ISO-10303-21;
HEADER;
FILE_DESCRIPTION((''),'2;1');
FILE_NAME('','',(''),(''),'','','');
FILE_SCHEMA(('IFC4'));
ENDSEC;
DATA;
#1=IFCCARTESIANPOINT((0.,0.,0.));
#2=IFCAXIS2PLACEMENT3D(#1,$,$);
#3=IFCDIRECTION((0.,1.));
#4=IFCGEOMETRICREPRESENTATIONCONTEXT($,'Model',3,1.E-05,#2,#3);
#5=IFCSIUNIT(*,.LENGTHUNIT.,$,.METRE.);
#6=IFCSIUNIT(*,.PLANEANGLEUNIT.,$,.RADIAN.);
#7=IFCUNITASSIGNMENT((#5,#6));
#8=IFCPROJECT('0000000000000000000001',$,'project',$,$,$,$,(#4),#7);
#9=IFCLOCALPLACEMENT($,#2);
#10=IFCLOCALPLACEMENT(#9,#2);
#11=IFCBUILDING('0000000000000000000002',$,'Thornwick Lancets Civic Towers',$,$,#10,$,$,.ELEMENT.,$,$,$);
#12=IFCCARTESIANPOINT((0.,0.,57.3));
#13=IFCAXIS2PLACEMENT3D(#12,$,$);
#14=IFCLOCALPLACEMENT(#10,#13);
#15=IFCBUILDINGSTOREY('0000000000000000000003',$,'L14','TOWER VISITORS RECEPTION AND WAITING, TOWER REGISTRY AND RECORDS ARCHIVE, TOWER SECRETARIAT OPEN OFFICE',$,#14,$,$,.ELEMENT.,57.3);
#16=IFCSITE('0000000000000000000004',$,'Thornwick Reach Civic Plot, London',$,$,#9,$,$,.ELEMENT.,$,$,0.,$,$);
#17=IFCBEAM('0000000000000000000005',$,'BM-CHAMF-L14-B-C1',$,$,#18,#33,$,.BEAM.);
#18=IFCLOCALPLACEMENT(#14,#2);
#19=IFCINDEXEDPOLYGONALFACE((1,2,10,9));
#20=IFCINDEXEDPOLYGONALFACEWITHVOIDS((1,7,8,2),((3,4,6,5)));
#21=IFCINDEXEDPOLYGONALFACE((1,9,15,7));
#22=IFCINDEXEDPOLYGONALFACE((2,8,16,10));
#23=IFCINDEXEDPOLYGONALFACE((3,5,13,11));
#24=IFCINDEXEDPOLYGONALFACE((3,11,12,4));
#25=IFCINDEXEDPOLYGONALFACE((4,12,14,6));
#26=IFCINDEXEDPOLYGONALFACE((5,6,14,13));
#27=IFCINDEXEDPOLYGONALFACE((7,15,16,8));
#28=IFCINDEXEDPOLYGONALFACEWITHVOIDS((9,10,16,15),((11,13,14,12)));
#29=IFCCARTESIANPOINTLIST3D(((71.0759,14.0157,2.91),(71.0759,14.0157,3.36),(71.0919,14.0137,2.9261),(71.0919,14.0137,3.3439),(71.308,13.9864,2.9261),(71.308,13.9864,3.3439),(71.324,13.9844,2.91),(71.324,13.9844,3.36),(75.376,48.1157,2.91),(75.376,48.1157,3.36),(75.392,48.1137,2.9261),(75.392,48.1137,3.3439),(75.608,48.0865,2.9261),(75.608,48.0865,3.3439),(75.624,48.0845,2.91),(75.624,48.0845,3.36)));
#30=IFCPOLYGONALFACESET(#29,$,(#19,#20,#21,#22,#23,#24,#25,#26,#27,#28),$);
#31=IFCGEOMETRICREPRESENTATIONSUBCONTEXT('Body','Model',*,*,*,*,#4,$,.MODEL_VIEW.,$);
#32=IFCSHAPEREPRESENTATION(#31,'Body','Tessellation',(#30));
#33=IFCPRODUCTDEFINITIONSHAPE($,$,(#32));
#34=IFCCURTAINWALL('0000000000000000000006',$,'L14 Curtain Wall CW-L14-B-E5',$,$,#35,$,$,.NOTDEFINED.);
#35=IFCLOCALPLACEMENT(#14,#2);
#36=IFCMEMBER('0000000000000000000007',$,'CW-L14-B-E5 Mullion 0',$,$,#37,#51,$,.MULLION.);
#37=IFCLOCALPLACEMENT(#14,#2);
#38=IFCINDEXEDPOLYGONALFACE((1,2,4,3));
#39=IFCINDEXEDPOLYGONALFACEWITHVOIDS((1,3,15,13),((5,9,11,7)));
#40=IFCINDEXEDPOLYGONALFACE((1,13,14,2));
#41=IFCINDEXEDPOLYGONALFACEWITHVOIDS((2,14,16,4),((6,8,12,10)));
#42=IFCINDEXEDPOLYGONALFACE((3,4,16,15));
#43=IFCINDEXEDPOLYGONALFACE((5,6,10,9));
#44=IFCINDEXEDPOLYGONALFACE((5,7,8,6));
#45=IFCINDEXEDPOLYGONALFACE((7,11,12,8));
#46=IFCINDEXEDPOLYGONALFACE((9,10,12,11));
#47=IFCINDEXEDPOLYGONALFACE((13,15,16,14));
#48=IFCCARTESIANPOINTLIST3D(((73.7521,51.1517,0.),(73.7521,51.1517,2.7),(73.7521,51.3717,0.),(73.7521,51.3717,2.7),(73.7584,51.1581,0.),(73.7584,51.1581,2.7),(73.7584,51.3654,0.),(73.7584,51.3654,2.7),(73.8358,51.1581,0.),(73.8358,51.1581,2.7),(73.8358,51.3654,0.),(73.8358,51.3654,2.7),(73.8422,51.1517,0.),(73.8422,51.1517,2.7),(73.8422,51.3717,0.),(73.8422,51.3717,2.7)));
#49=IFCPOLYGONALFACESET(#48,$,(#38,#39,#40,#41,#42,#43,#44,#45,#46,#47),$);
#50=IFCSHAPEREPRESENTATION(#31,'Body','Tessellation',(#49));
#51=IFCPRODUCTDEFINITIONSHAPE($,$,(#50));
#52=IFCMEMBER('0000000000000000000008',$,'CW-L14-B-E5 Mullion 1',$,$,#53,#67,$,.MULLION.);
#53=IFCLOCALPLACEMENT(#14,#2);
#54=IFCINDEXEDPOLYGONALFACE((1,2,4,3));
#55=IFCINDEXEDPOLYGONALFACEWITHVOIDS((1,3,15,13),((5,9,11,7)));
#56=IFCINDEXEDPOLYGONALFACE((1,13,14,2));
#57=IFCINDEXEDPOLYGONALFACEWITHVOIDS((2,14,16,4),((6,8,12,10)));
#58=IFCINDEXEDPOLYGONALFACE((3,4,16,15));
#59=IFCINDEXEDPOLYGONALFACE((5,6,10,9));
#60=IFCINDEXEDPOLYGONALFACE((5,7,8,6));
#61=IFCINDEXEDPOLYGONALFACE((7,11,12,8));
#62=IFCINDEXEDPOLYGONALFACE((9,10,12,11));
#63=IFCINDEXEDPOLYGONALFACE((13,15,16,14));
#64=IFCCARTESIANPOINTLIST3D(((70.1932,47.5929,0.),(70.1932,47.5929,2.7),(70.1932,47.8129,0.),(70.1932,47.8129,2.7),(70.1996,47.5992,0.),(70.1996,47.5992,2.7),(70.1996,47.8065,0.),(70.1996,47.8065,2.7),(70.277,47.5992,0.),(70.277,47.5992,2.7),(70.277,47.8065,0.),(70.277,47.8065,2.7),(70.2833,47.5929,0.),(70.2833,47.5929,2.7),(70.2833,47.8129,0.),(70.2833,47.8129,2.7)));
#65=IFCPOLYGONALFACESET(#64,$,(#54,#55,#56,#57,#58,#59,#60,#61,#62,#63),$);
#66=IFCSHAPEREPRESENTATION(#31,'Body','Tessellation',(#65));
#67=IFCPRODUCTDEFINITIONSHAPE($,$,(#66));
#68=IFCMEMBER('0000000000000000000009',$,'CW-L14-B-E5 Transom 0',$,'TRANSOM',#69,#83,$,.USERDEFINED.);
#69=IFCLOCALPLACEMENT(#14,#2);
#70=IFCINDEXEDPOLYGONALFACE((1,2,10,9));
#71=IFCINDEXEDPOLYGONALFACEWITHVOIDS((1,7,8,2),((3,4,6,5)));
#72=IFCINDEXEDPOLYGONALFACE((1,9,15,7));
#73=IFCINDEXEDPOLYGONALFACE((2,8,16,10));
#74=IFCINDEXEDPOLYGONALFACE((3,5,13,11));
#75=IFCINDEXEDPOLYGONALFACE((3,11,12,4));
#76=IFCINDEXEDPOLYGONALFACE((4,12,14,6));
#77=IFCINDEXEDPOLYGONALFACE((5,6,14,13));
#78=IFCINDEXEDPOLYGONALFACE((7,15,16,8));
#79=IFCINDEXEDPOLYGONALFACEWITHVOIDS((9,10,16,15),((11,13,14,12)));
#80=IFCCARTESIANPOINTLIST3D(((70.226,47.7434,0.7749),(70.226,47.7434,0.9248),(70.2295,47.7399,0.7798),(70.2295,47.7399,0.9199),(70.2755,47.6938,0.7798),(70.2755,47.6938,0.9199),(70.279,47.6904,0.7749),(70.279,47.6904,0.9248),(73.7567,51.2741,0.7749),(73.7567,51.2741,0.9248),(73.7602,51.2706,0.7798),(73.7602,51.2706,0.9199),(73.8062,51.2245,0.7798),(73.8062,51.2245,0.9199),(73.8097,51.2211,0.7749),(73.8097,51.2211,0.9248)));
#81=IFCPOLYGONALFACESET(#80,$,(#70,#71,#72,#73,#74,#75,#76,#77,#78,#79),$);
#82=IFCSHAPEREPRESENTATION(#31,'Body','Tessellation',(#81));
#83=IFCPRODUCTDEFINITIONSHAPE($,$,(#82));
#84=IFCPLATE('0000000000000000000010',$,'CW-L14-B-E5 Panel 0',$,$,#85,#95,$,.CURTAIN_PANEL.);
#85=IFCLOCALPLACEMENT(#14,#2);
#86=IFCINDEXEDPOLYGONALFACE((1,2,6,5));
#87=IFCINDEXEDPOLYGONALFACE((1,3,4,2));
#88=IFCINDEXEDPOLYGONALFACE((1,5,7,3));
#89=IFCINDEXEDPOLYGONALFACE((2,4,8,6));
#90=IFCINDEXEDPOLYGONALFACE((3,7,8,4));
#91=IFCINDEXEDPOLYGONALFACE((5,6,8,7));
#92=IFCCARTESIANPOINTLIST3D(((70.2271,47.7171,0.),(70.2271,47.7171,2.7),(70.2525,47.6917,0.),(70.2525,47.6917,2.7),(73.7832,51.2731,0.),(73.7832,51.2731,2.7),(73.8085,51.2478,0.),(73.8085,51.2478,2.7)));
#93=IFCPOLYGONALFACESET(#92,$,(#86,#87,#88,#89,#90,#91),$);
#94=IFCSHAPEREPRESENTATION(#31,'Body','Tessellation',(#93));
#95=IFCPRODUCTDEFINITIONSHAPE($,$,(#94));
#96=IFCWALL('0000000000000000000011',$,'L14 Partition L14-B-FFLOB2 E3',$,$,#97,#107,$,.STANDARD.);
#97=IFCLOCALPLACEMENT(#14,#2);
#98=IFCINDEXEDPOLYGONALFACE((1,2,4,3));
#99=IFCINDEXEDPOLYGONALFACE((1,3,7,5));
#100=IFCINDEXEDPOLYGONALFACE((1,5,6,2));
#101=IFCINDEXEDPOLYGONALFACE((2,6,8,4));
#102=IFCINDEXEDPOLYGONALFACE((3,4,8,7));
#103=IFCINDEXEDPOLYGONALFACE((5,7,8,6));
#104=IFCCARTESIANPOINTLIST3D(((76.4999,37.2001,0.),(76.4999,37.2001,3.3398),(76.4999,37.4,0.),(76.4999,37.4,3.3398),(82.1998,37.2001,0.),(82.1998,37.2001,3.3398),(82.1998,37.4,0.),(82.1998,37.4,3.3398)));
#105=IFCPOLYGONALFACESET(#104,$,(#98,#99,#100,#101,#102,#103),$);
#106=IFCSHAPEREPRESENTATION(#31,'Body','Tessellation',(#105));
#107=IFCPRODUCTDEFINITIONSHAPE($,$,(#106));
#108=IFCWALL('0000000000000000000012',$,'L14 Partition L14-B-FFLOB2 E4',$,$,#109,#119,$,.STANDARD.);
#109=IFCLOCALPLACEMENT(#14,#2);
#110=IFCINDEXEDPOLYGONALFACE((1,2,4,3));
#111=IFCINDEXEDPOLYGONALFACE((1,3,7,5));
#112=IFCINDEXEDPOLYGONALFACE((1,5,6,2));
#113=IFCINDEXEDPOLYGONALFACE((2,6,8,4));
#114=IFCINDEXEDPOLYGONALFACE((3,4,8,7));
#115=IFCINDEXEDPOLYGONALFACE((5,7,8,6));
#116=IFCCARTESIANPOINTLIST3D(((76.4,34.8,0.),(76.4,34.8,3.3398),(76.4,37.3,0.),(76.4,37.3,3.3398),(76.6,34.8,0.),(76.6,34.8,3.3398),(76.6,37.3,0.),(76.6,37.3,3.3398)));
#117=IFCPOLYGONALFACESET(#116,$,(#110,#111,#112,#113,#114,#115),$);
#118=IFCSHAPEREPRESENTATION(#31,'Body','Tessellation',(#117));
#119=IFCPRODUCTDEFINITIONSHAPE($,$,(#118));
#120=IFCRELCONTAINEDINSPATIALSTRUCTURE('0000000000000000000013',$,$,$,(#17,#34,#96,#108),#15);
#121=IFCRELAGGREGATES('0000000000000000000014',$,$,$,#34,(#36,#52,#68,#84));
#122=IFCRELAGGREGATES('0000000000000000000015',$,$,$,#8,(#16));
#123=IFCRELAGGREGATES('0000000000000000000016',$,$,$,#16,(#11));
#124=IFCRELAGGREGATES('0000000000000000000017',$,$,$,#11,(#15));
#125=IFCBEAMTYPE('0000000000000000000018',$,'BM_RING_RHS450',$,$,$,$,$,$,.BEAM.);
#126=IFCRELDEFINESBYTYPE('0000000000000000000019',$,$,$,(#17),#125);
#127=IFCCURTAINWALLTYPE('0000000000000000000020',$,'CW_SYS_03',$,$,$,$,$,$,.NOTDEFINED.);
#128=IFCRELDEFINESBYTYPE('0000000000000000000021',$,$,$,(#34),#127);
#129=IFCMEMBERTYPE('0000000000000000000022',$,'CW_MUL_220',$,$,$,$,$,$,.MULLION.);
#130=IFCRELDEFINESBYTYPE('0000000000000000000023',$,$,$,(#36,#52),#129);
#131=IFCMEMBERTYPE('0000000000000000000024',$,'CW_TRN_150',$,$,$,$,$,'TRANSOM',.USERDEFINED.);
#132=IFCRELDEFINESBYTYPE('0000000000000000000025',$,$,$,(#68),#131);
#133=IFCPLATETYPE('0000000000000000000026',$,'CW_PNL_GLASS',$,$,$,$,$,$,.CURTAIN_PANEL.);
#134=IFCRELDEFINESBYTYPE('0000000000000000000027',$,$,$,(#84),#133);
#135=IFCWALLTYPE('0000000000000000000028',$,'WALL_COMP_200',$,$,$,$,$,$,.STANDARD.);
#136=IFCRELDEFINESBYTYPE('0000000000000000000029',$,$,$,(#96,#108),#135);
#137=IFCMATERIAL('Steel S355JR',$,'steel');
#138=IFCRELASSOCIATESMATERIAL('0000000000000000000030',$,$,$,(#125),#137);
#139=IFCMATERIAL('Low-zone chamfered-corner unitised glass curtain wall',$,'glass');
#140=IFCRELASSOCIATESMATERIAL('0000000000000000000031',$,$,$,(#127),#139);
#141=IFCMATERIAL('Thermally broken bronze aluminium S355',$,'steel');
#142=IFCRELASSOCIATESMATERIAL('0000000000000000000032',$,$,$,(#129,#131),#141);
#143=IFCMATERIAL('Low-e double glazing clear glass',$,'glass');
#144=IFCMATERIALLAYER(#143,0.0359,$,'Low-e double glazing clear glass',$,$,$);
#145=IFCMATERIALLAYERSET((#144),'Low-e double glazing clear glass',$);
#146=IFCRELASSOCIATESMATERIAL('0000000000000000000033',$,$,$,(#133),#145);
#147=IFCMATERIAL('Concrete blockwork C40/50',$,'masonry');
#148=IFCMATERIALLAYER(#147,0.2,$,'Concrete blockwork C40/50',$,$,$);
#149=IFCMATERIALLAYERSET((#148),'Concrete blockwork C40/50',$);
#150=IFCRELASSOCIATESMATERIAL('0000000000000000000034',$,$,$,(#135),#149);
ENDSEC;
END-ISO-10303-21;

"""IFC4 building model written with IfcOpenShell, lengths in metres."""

from ifc_helpers import new_model, si_unit, direction, frame, frame_2d, origin, origin_2d, place, context, subcontext, project, spatial, rectangle, hollow_rectangle, extrude, material, layer, layer_set, material_profile, profile_set, type_object, element, aggregate, save


model = new_model("IFC4")

# Units and contexts
model_context = context("Model", 3, precision=1e-05, world=origin(), true_north=direction((0.0, 1.0)))
body_context = subcontext(model_context, "Body", "Model", "MODEL_VIEW")
ifc_project = project(units=[si_unit("LENGTHUNIT", "METRE"), si_unit("PLANEANGLEUNIT", "RADIAN")], contexts=[model_context])

# Site, building, storey
site_placement = place(None, origin())
site = spatial("IfcSite", under=ifc_project, at=site_placement, Name="Thornwick Reach Civic Plot, London", CompositionType="ELEMENT", RefElevation=0.0)
building_placement = place(site_placement, origin())
building = spatial("IfcBuilding", under=site, at=building_placement, Name="Thornwick Lancets Civic Towers", CompositionType="ELEMENT")
storey_placement = place(building_placement, frame((0.0, 0.0, 57.3)))
storey = spatial("IfcBuildingStorey", under=building, at=storey_placement, Name="L14", Description="TOWER VISITORS RECEPTION AND WAITING, TOWER REGISTRY AND RECORDS ARCHIVE, TOWER SECRETARIAT OPEN OFFICE", CompositionType="ELEMENT", Elevation=57.3)

# Beam
ifc_material_1 = material(Name="Steel S355JR", Category="steel")
ifc_material_profile_1 = material_profile(ifc_material_1, hollow_rectangle(XDim=0.25, YDim=0.45, WallThickness=0.0161, at=origin_2d()), Name="RHS 450x250x16")
ifc_profile_set_1 = profile_set([ifc_material_profile_1], Name="Steel S355JR")
beam_type_1 = type_object("IfcBeamType", Name="BM_RING_RHS450", PredefinedType="BEAM", material=ifc_profile_set_1)
beam_1_placement = place(storey_placement, frame((75.5, 48.1001, 3.135), z_axis=(-0.12511, -0.992143, 0.0), x_axis=(0.992143, -0.12511, 0.0)))
element("IfcBeam", 1, at=beam_1_placement, inside=storey, type_object=beam_type_1, Name="BM-CHAMF-L14-B-C1", PredefinedType="BEAM", context=body_context, shape_type="SweptSolid", body=[
    extrude(hollow_rectangle(XDim=0.25, YDim=0.45, WallThickness=0.0161, at=origin_2d()), origin(), (0.0, 0.0, 1.0), 34.3701),
])

# Curtain wall, members, plate
ifc_material_2 = material(Name="Low-zone chamfered-corner unitised glass curtain wall", Category="glass")
curtain_wall_type = type_object("IfcCurtainWallType", Name="CW_SYS_03", PredefinedType="NOTDEFINED", material=ifc_material_2)
curtain_wall_placement = place(storey_placement, origin())
curtain_wall = element("IfcCurtainWall", 2, at=curtain_wall_placement, inside=storey, type_object=curtain_wall_type, Name="L14 Curtain Wall CW-L14-B-E5", PredefinedType="NOTDEFINED")
ifc_material_3 = material(Name="Thermally broken bronze aluminium S355", Category="steel")
ifc_material_profile_2 = material_profile(ifc_material_3, hollow_rectangle(XDim=0.0901, YDim=0.22, WallThickness=0.0063, at=origin_2d()), Name="RHS 220x90x6.3")
ifc_profile_set_2 = profile_set([ifc_material_profile_2], Name="Thermally broken bronze aluminium S355")
member_type_1 = type_object("IfcMemberType", Name="CW_MUL_220", PredefinedType="MULLION", material=ifc_profile_set_2)
member_1_placement = place(storey_placement, frame((73.7971, 51.2617, 0.0), z_axis=(0.0, 0.0, 1.0), x_axis=(1.0, 0.0, 0.0)))
member_1 = element("IfcMember", 3, at=member_1_placement, type_object=member_type_1, Name="CW-L14-B-E5 Mullion 0", PredefinedType="MULLION", context=body_context, shape_type="SweptSolid", body=[
    extrude(hollow_rectangle(XDim=0.0901, YDim=0.22, WallThickness=0.0063, at=origin_2d()), origin(), (0.0, 0.0, 1.0), 2.7),
])
member_2_placement = place(storey_placement, frame((70.2383, 47.7029, 0.0), z_axis=(0.0, 0.0, 1.0), x_axis=(1.0, 0.0, 0.0)))
member_2 = element("IfcMember", 4, at=member_2_placement, type_object=member_type_1, Name="CW-L14-B-E5 Mullion 1", PredefinedType="MULLION", context=body_context, shape_type="SweptSolid", body=[
    extrude(hollow_rectangle(XDim=0.0901, YDim=0.22, WallThickness=0.0063, at=origin_2d()), origin(), (0.0, 0.0, 1.0), 2.7),
])
ifc_material_profile_3 = material_profile(ifc_material_3, hollow_rectangle(XDim=0.075, YDim=0.1499, WallThickness=0.0049, at=origin_2d()), Name="RHS 150x75x5")
ifc_profile_set_3 = profile_set([ifc_material_profile_3], Name="Thermally broken bronze aluminium S355")
member_type_2 = type_object("IfcMemberType", Name="CW_TRN_150", ElementType="TRANSOM", PredefinedType="USERDEFINED", material=ifc_profile_set_3)
member_3_placement = place(storey_placement, frame((73.7832, 51.2476, 0.8499), z_axis=(-0.707107, -0.707107, 0.0), x_axis=(0.707107, -0.707107, 0.0)))
member_3 = element("IfcMember", 5, at=member_3_placement, type_object=member_type_2, Name="CW-L14-B-E5 Transom 0", ObjectType="TRANSOM", PredefinedType="USERDEFINED", context=body_context, shape_type="SweptSolid", body=[
    extrude(hollow_rectangle(XDim=0.075, YDim=0.1499, WallThickness=0.0049, at=origin_2d()), origin(), (0.0, 0.0, 1.0), 4.9932),
])
ifc_material_4 = material(Name="Low-e double glazing clear glass", Category="glass")
ifc_layer_1 = layer(ifc_material_4, 0.0359, Name="Low-e double glazing clear glass")
ifc_layer_set_1 = layer_set([ifc_layer_1], Name="Low-e double glazing clear glass")
plate_type = type_object("IfcPlateType", Name="CW_PNL_GLASS", PredefinedType="CURTAIN_PANEL", material=ifc_layer_set_1)
plate_placement = place(storey_placement, frame((72.0178, 49.4824, 0.0), z_axis=(0.0, 0.0, 1.0), x_axis=(-0.707107, -0.707107, 0.0)))
plate = element("IfcPlate", 6, at=plate_placement, type_object=plate_type, Name="CW-L14-B-E5 Panel 0", PredefinedType="CURTAIN_PANEL", context=body_context, shape_type="SweptSolid", body=[
    extrude(rectangle(XDim=5.0291, YDim=0.0359, at=origin_2d()), origin(), (0.0, 0.0, 1.0), 2.7),
])
aggregate(curtain_wall, [member_1, member_2, member_3, plate])

# Walls
ifc_material_5 = material(Name="Concrete blockwork C40/50", Category="masonry")
ifc_layer_2 = layer(ifc_material_5, 0.2, Name="Concrete blockwork C40/50")
ifc_layer_set_2 = layer_set([ifc_layer_2], Name="Concrete blockwork C40/50")
wall_type_1 = type_object("IfcWallType", Name="WALL_COMP_200", PredefinedType="STANDARD", material=ifc_layer_set_2)
wall_1_placement = place(storey_placement, frame((82.2, 37.3, 0.0), z_axis=(0.0, 0.0, 1.0), x_axis=(-1.0, 0.0, 0.0)))
element("IfcWall", 7, at=wall_1_placement, inside=storey, type_object=wall_type_1, Name="L14 Partition L14-B-FFLOB2 E3", PredefinedType="STANDARD", context=body_context, shape_type="SweptSolid", body=[
    extrude(rectangle(XDim=5.7, YDim=0.2, at=frame_2d((2.8501, 0.0))), origin(), (0.0, 0.0, 1.0), 3.3398),
])
wall_2_placement = place(storey_placement, frame((76.5, 37.3, 0.0), z_axis=(0.0, 0.0, 1.0), x_axis=(0.0, -1.0, 0.0)))
element("IfcWall", 8, at=wall_2_placement, inside=storey, type_object=wall_type_1, Name="L14 Partition L14-B-FFLOB2 E4", PredefinedType="STANDARD", context=body_context, shape_type="SweptSolid", body=[
    extrude(rectangle(XDim=2.5, YDim=0.2, at=frame_2d((1.25, 0.0))), origin(), (0.0, 0.0, 1.0), 3.3398),
])

save(model, "model.ifc")
